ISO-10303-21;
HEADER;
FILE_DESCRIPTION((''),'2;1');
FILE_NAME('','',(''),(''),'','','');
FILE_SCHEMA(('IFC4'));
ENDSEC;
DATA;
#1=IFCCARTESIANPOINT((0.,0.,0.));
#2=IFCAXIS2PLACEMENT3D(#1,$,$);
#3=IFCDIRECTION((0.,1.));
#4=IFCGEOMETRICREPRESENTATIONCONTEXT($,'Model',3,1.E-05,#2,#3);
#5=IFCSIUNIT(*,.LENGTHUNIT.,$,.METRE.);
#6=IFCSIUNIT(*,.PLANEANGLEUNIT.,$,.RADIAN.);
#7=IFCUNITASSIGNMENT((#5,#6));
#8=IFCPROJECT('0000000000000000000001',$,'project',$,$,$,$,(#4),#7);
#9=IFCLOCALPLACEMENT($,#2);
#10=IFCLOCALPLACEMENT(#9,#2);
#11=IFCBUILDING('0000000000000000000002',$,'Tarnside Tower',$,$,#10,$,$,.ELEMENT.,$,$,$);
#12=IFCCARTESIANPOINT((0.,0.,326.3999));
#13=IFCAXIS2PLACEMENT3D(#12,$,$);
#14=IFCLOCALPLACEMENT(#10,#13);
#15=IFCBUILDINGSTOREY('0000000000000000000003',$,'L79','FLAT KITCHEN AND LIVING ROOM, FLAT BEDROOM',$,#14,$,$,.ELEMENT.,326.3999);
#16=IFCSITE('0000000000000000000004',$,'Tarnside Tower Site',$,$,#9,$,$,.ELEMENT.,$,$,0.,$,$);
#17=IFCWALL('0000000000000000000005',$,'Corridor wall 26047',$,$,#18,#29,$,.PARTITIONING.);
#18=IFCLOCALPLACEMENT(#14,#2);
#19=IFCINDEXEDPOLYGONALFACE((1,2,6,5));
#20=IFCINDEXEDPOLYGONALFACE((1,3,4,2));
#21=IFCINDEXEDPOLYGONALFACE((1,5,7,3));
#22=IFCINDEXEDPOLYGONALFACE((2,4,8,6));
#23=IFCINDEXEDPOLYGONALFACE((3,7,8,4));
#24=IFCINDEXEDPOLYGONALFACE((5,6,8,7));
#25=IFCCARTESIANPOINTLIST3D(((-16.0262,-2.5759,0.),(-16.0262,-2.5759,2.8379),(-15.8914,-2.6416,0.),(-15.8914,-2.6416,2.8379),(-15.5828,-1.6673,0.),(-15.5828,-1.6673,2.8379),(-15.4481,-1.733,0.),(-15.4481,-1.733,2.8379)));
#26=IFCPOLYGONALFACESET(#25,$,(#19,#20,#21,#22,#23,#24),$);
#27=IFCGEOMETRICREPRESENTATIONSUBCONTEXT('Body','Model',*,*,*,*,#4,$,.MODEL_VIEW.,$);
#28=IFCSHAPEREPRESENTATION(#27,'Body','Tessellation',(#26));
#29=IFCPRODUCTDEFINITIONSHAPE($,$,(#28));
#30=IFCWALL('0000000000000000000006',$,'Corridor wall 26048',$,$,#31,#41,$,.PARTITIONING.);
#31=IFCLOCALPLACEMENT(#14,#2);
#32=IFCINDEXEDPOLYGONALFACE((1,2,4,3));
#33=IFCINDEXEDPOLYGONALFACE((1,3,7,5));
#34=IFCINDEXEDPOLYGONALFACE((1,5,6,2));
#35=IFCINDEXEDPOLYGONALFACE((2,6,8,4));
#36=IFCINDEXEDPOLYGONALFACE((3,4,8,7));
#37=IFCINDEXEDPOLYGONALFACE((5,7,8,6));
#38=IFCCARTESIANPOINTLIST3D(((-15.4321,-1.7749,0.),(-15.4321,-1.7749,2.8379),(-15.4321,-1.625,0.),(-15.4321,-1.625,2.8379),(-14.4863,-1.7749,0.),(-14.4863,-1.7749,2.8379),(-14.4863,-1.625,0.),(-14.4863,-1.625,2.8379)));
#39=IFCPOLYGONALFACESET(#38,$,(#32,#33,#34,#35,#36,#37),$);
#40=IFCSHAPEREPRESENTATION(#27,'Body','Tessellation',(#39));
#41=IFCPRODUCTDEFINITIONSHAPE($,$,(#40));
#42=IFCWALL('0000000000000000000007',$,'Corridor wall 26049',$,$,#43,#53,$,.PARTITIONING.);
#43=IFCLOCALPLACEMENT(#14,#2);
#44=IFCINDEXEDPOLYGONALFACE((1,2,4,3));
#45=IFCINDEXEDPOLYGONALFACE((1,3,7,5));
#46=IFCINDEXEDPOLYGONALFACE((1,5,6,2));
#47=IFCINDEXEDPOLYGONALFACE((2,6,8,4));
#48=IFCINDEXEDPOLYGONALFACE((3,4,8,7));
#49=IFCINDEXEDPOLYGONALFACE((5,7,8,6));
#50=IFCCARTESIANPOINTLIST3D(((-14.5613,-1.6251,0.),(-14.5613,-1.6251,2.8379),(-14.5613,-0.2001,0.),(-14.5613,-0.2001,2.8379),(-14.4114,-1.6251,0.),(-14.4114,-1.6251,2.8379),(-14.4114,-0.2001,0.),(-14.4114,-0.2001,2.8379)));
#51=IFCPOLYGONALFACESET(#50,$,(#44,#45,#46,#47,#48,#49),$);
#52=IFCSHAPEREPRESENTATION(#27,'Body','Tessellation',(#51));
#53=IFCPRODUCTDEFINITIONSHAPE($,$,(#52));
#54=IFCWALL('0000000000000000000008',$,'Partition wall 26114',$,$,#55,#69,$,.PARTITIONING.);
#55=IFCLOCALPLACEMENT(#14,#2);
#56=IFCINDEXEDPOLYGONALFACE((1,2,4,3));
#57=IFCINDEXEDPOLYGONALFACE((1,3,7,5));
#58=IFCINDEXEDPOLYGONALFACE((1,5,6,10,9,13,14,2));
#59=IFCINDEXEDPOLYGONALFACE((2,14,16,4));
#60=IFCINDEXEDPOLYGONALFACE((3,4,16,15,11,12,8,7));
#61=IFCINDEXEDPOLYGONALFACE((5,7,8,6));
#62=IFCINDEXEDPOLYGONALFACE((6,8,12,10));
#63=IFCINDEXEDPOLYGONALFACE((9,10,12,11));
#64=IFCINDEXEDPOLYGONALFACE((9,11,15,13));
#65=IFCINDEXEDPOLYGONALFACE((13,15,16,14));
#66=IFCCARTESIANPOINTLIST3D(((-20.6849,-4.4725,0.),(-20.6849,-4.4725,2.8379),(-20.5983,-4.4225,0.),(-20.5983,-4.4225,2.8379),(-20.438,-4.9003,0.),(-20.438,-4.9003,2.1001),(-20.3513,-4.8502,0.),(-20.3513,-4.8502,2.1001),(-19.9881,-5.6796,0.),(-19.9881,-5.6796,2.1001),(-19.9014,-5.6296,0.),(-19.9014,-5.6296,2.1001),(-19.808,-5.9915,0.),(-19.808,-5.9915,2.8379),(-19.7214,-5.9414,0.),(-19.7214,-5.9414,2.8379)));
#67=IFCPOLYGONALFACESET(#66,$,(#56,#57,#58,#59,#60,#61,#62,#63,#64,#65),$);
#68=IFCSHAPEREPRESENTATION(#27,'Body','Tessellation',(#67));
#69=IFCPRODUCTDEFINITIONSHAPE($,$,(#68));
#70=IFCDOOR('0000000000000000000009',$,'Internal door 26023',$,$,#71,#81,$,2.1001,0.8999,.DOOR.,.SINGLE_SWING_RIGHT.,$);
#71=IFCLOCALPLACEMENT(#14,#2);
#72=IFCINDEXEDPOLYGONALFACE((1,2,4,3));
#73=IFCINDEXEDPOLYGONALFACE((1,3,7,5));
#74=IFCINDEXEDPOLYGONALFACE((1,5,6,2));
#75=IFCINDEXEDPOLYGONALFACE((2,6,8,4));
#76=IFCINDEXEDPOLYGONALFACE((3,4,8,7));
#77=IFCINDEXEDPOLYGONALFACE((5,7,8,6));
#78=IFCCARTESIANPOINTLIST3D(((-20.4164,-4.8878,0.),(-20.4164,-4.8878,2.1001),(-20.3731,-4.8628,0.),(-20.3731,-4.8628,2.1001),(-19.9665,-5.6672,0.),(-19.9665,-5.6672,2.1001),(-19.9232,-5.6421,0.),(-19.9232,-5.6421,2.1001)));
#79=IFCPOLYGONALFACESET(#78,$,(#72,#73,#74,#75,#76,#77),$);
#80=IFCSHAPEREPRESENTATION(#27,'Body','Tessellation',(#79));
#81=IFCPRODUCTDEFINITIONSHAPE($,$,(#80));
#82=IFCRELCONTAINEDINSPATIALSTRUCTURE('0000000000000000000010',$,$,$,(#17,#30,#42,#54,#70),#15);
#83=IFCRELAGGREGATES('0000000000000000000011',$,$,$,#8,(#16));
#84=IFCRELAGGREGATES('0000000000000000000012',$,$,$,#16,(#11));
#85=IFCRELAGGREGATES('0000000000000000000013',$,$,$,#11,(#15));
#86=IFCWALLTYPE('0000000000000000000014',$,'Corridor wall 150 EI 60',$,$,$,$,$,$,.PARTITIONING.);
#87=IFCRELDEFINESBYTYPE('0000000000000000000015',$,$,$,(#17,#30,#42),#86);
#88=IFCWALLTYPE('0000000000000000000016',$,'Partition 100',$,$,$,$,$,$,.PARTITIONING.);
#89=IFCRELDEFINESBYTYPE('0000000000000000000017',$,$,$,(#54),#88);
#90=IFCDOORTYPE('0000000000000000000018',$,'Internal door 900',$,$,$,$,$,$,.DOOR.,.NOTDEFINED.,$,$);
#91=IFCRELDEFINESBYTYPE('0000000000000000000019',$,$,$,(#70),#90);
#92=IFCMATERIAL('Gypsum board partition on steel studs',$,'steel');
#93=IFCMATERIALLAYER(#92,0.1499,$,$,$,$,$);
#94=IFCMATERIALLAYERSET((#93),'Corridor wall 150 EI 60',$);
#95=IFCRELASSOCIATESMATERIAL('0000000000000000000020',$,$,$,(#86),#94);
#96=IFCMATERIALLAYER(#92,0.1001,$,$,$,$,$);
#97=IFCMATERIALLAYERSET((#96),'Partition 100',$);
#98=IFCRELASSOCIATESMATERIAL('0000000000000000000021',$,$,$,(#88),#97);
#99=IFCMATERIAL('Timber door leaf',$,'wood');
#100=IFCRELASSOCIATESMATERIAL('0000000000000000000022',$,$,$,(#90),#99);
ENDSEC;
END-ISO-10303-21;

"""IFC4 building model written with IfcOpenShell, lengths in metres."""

from ifc_helpers import new_model, si_unit, direction, frame, frame_2d, origin, place, context, subcontext, project, spatial, rectangle, extrude, material, layer, layer_set, type_object, element, fill, save


model = new_model("IFC4")

# Units and contexts
model_context = context("Model", 3, precision=1e-05, world=origin(), true_north=direction((0.0, 1.0)))
body_context = subcontext(model_context, "Body", "Model", "MODEL_VIEW")
ifc_project = project(units=[si_unit("LENGTHUNIT", "METRE"), si_unit("PLANEANGLEUNIT", "RADIAN")], contexts=[model_context])

# Site, building, storey
site_placement = place(None, origin())
site = spatial("IfcSite", under=ifc_project, at=site_placement, Name="Tarnside Tower Site", CompositionType="ELEMENT", RefElevation=0.0)
building_placement = place(site_placement, origin())
building = spatial("IfcBuilding", under=site, at=building_placement, Name="Tarnside Tower", CompositionType="ELEMENT")
storey_placement = place(building_placement, frame((0.0, 0.0, 326.3999)))
storey = spatial("IfcBuildingStorey", under=building, at=storey_placement, Name="L79", Description="FLAT KITCHEN AND LIVING ROOM, FLAT BEDROOM", CompositionType="ELEMENT", Elevation=326.3999)

# Shared definitions
ifc_material_1 = material(Name="Gypsum board partition on steel studs", Category="steel")

# Shared definitions
ifc_material_2 = material(Name="Timber door leaf", Category="wood")

# Shared definitions
ifc_layer_1 = layer(ifc_material_1, 0.1499)
ifc_layer_set_1 = layer_set([ifc_layer_1], Name="Corridor wall 150 EI 60")
wall_type_1 = type_object("IfcWallType", Name="Corridor wall 150 EI 60", PredefinedType="PARTITIONING", material=ifc_layer_set_1)

# Walls
wall_1_placement = place(storey_placement, frame((-15.9587, -2.6086, 0.0), z_axis=(0.0, 0.0, 1.0), x_axis=(0.4385, 0.898731, 0.0)))
element("IfcWall", 1, at=wall_1_placement, inside=storey, type_object=wall_type_1, Name="Corridor wall 26047", PredefinedType="PARTITIONING", context=body_context, shape_type="SweptSolid", body=[
    extrude(rectangle(XDim=1.011, YDim=0.1499, at=frame_2d((0.5054, 0.0))), origin(), (0.0, 0.0, 1.0), 2.8379),
])
wall_2_placement = place(storey_placement, frame((-15.4321, -1.7, 0.0), z_axis=(0.0, 0.0, 1.0), x_axis=(1.0, 0.0, 0.0)))
element("IfcWall", 2, at=wall_2_placement, inside=storey, type_object=wall_type_1, Name="Corridor wall 26048", PredefinedType="PARTITIONING", context=body_context, shape_type="SweptSolid", body=[
    extrude(rectangle(XDim=0.9458, YDim=0.1499, at=frame_2d((0.4729, 0.0))), origin(), (0.0, 0.0, 1.0), 2.8379),
])
wall_3_placement = place(storey_placement, frame((-14.4863, -1.625, 0.0), z_axis=(0.0, 0.0, 1.0), x_axis=(0.0, 1.0, 0.0)))
element("IfcWall", 3, at=wall_3_placement, inside=storey, type_object=wall_type_1, Name="Corridor wall 26049", PredefinedType="PARTITIONING", context=body_context, shape_type="SweptSolid", body=[
    extrude(rectangle(XDim=1.425, YDim=0.1499, at=frame_2d((0.7124, 0.0))), origin(), (0.0, 0.0, 1.0), 2.8379),
])

# Wall, opening, door
ifc_layer_2 = layer(ifc_material_1, 0.1001)
ifc_layer_set_2 = layer_set([ifc_layer_2], Name="Partition 100")
wall_type_2 = type_object("IfcWallType", Name="Partition 100", PredefinedType="PARTITIONING", material=ifc_layer_set_2)
wall_4_placement = place(storey_placement, frame((-20.6416, -4.4475, 0.0), z_axis=(0.0, 0.0, 1.0), x_axis=(0.499971, -0.866042, 0.0)))
wall_4 = element("IfcWall", 4, at=wall_4_placement, inside=storey, type_object=wall_type_2, Name="Partition wall 26114", PredefinedType="PARTITIONING", context=body_context, shape_type="SweptSolid", body=[
    extrude(rectangle(XDim=1.7539, YDim=0.1001, at=frame_2d((0.877, 0.0))), origin(), (0.0, 0.0, 1.0), 2.8379),
])
opening_1_placement = place(wall_4_placement, frame((0.4939, 0.0, 0.0)))
opening_1 = element("IfcOpeningElement", 5, at=opening_1_placement, cuts=wall_4, PredefinedType="OPENING", context=body_context, shape_type="SweptSolid", body=[
    extrude(rectangle(XDim=0.8999, YDim=2.1001, at=frame_2d((0.45, 1.05))), frame((0.0, 0.0601, 0.0), z_axis=(0.0, -1.0, 0.0), x_axis=(1.0, 0.0, 0.0)), (0.0, 0.0, 1.0), 0.1201),
])
door_type_1 = type_object("IfcDoorType", Name="Internal door 900", OperationType="NOTDEFINED", PredefinedType="DOOR", material=ifc_material_2)
door_1_placement = place(opening_1_placement, origin())
door_1 = element("IfcDoor", 6, at=door_1_placement, inside=storey, type_object=door_type_1, Name="Internal door 26023", OperationType="SINGLE_SWING_RIGHT", OverallHeight=2.1001, OverallWidth=0.8999, PredefinedType="DOOR", context=body_context, shape_type="SweptSolid", body=[
    extrude(rectangle(XDim=0.8999, YDim=2.1001, at=frame_2d((0.45, 1.05))), frame((0.0, 0.0249, 0.0), z_axis=(0.0, -1.0, 0.0), x_axis=(1.0, 0.0, 0.0)), (0.0, 0.0, 1.0), 0.05),
])
fill(opening_1, door_1)

save(model, "model.ifc")
